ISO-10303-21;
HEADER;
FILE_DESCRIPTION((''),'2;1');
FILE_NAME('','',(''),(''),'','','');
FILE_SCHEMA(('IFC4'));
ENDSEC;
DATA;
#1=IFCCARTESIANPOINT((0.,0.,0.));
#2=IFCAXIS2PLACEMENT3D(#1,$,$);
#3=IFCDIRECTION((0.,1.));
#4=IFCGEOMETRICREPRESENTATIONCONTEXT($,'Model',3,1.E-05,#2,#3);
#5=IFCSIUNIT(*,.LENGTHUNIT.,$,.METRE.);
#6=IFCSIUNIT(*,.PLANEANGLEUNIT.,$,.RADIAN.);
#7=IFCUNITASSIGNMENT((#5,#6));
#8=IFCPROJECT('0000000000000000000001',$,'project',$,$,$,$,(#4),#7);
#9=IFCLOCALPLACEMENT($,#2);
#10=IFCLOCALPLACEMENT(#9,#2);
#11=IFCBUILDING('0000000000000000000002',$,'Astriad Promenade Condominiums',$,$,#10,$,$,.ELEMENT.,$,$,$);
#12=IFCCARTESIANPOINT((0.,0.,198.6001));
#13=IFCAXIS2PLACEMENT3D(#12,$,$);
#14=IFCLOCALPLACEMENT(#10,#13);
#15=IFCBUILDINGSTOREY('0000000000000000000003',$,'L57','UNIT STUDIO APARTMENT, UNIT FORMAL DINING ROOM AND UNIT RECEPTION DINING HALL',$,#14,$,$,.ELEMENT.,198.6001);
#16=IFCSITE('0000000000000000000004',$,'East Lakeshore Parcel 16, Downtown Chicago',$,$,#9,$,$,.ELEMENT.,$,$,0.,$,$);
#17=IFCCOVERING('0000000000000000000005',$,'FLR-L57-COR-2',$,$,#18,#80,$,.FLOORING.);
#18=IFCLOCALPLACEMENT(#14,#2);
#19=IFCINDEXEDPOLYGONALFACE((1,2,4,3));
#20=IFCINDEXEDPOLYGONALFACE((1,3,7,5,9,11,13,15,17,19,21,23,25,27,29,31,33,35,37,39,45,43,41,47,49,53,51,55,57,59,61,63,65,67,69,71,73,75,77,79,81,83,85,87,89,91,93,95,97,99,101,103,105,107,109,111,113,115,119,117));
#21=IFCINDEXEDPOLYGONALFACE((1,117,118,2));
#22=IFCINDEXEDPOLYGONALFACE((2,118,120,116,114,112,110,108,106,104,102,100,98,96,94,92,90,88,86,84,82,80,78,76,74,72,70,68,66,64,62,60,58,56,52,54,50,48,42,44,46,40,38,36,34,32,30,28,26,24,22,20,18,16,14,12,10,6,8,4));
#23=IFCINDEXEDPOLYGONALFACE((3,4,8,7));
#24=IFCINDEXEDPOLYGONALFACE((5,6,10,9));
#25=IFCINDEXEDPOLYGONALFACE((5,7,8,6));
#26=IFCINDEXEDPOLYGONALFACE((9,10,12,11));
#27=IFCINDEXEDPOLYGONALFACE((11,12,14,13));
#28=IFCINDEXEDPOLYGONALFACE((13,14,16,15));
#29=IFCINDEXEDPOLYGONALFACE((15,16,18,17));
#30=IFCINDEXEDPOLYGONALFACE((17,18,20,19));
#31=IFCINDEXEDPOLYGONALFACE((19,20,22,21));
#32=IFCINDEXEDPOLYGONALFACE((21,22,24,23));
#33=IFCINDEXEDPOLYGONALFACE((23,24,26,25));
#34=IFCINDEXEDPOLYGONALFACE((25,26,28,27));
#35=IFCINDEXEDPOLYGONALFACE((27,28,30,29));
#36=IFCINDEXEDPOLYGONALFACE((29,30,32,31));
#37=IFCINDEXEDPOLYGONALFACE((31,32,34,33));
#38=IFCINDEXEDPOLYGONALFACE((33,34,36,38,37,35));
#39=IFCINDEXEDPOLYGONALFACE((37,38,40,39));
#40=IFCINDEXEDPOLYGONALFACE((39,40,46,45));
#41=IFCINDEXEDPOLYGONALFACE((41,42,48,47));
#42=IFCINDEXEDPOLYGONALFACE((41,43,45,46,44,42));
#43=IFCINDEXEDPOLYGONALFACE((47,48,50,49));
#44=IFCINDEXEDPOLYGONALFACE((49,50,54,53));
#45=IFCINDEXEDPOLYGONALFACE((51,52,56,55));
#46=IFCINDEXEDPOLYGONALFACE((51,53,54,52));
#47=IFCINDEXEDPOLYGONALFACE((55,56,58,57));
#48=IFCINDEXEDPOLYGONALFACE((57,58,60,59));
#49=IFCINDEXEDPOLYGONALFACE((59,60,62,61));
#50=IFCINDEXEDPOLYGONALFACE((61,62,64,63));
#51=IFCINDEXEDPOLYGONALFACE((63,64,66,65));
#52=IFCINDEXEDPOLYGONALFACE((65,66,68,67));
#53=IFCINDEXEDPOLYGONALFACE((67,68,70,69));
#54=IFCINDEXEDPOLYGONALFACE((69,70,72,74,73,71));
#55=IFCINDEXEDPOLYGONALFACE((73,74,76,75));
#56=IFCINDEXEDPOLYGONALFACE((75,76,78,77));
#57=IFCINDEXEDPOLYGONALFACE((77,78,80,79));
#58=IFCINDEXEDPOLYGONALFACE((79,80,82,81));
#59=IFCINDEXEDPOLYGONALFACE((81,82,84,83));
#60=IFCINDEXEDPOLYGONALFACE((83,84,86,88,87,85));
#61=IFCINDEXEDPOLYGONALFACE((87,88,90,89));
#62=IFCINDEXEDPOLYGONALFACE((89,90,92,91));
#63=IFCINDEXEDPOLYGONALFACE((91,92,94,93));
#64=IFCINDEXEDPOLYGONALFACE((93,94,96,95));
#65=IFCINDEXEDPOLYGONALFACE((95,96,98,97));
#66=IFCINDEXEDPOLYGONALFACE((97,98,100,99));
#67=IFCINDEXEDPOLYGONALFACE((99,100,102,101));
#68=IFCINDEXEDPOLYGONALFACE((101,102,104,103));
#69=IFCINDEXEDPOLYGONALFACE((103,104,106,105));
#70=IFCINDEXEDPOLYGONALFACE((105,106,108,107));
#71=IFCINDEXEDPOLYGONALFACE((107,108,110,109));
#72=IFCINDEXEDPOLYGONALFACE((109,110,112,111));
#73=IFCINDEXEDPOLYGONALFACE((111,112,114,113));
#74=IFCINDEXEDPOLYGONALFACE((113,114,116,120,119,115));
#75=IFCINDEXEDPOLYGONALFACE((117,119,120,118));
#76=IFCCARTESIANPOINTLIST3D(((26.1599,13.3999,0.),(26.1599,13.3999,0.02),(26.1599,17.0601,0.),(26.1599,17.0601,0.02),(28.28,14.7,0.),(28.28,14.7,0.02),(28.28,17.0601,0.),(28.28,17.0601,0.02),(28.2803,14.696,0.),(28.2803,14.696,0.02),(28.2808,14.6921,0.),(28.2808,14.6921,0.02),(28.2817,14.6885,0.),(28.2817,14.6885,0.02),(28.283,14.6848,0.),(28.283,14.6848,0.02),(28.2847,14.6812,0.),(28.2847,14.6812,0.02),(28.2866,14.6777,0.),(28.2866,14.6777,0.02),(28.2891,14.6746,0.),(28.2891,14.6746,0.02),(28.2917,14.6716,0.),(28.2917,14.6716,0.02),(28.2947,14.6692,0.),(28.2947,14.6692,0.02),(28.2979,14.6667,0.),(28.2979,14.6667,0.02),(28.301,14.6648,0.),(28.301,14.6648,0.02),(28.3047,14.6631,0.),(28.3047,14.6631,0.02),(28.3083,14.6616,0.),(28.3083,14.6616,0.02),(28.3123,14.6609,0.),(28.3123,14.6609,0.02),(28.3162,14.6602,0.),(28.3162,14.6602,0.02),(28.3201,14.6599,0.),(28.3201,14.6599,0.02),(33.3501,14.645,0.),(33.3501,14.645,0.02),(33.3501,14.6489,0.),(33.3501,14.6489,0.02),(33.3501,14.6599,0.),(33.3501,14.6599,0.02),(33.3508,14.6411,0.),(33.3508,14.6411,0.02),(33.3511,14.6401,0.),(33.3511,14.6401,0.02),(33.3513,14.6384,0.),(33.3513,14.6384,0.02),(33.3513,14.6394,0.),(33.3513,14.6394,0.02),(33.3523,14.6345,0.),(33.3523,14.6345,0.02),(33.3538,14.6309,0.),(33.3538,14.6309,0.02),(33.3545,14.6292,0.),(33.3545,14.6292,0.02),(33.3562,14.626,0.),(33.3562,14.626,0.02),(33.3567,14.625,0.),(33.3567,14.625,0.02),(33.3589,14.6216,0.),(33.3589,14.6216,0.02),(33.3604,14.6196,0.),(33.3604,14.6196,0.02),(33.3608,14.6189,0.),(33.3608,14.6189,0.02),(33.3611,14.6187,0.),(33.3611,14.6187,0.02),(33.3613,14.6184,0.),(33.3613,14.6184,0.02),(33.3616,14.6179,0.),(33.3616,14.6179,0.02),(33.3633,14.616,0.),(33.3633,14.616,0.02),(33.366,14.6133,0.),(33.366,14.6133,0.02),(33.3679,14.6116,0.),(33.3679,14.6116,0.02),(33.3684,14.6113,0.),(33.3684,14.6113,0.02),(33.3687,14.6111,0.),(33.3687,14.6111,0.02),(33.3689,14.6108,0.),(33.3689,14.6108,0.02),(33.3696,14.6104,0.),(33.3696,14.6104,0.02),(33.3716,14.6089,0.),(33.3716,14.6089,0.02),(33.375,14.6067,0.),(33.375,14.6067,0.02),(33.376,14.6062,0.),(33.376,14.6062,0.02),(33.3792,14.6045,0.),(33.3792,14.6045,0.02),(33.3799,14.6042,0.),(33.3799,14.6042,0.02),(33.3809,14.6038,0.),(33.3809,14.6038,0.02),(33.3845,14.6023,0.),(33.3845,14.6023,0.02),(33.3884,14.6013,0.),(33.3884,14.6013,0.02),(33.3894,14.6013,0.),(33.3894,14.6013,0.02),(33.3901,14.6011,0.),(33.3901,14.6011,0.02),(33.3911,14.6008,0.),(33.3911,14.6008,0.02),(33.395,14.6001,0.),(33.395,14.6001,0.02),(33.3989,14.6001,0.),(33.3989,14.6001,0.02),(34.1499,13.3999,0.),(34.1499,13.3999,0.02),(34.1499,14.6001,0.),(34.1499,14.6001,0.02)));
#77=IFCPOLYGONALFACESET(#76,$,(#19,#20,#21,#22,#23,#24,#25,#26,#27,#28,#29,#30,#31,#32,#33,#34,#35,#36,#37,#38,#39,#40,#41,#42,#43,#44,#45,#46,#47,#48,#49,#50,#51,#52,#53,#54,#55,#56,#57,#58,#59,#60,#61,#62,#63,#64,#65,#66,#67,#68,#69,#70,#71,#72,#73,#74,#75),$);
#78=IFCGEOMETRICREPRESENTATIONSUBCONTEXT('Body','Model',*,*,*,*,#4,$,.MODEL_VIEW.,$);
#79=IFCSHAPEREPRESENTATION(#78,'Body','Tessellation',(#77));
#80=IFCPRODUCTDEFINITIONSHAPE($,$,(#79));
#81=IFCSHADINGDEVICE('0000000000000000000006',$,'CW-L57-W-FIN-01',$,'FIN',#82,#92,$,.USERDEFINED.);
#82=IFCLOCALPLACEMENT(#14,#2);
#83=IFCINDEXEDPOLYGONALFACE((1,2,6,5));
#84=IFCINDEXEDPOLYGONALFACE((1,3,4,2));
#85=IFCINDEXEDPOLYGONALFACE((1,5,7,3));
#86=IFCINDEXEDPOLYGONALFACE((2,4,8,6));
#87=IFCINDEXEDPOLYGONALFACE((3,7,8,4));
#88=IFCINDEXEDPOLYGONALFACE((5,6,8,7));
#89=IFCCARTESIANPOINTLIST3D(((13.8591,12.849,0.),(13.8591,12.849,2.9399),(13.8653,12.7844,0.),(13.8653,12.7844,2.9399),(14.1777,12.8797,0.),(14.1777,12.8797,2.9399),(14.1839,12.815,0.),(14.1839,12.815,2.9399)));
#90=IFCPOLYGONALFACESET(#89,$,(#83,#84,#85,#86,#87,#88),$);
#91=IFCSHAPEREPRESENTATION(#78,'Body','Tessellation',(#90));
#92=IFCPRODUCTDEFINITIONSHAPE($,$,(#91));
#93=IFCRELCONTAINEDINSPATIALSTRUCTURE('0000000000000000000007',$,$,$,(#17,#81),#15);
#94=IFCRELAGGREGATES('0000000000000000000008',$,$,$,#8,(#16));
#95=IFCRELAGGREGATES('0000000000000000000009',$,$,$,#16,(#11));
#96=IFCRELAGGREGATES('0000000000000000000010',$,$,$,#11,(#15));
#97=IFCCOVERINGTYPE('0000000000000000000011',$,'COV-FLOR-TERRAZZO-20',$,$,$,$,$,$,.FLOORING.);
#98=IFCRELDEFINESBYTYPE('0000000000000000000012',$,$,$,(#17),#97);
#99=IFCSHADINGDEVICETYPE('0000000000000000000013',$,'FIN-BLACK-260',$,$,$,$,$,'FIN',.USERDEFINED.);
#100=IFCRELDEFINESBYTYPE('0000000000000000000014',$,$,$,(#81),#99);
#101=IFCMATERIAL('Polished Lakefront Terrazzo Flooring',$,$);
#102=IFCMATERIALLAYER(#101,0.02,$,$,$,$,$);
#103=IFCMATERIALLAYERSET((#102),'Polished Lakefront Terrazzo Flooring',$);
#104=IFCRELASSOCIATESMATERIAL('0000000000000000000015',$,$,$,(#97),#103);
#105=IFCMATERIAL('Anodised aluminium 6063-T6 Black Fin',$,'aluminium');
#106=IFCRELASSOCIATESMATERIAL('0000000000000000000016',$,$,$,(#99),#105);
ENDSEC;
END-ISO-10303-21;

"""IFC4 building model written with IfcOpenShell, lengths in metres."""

from ifc_helpers import new_model, si_unit, direction, frame, origin, origin_2d, place, context, subcontext, project, spatial, polyline, rectangle, outline, extrude, source, transform, mapped, material, layer, layer_set, type_object, type_shapes, element, save


model = new_model("IFC4")

# Units and contexts
model_context = context("Model", 3, precision=1e-05, world=origin(), true_north=direction((0.0, 1.0)))
body_context = subcontext(model_context, "Body", "Model", "MODEL_VIEW")
ifc_project = project(units=[si_unit("LENGTHUNIT", "METRE"), si_unit("PLANEANGLEUNIT", "RADIAN")], contexts=[model_context])

# Site, building, storey
site_placement = place(None, origin())
site = spatial("IfcSite", under=ifc_project, at=site_placement, Name="East Lakeshore Parcel 16, Downtown Chicago", CompositionType="ELEMENT", RefElevation=0.0)
building_placement = place(site_placement, origin())
building = spatial("IfcBuilding", under=site, at=building_placement, Name="Astriad Promenade Condominiums", CompositionType="ELEMENT")
storey_placement = place(building_placement, frame((0.0, 0.0, 198.6001)))
storey = spatial("IfcBuildingStorey", under=building, at=storey_placement, Name="L57", Description="UNIT STUDIO APARTMENT, UNIT FORMAL DINING ROOM AND UNIT RECEPTION DINING HALL", CompositionType="ELEMENT", Elevation=198.6001)

# Covering
ifc_material_1 = material(Name="Polished Lakefront Terrazzo Flooring")
ifc_layer_1 = layer(ifc_material_1, 0.02)
ifc_layer_set_1 = layer_set([ifc_layer_1], Name="Polished Lakefront Terrazzo Flooring")
covering_type = type_object("IfcCoveringType", Name="COV-FLOR-TERRAZZO-20", PredefinedType="FLOORING", material=ifc_layer_set_1)
covering_1_placement = place(storey_placement, origin())
element("IfcCovering", 1, at=covering_1_placement, inside=storey, type_object=covering_type, Name="FLR-L57-COR-2", PredefinedType="FLOORING", context=body_context, shape_type="SweptSolid", body=[
    extrude(outline(polyline([(26.1599, 13.3999), (26.1599, 17.0601), (28.28, 17.0601), (28.28, 14.7), (28.2803, 14.696), (28.2808, 14.6921), (28.2817, 14.6885), (28.283, 14.6848), (28.2847, 14.6812), (28.2866, 14.6777), (28.2891, 14.6746), (28.2917, 14.6716), (28.2947, 14.6692), (28.2979, 14.6667), (28.301, 14.6648), (28.3047, 14.6631), (28.3083, 14.6616), (28.3123, 14.6609), (28.3162, 14.6602), (28.3201, 14.6599), (33.3501, 14.6599), (33.3501, 14.6489), (33.3501, 14.645), (33.3508, 14.6411), (33.3511, 14.6401), (33.3513, 14.6394), (33.3513, 14.6384), (33.3523, 14.6345), (33.3538, 14.6309), (33.3545, 14.6292), (33.3562, 14.626), (33.3567, 14.625), (33.3589, 14.6216), (33.3604, 14.6196), (33.3608, 14.6189), (33.3611, 14.6187), (33.3613, 14.6184), (33.3616, 14.6179), (33.3633, 14.616), (33.366, 14.6133), (33.3679, 14.6116), (33.3684, 14.6113), (33.3687, 14.6111), (33.3689, 14.6108), (33.3696, 14.6104), (33.3716, 14.6089), (33.375, 14.6067), (33.376, 14.6062), (33.3792, 14.6045), (33.3799, 14.6042), (33.3809, 14.6038), (33.3845, 14.6023), (33.3884, 14.6013), (33.3894, 14.6013), (33.3901, 14.6011), (33.3911, 14.6008), (33.395, 14.6001), (33.3989, 14.6001), (34.1499, 14.6001), (34.1499, 13.3999), (26.1599, 13.3999)])), origin(), (0.0, 0.0, 1.0), 0.02),
])

# Shading device
ifc_material_2 = material(Name="Anodised aluminium 6063-T6 Black Fin", Category="aluminium")
shading_device_type = type_object("IfcShadingDeviceType", Name="FIN-BLACK-260", ElementType="FIN", PredefinedType="USERDEFINED", material=ifc_material_2)
shared_shape_1 = source(origin(), body_context, "Body", "SweptSolid", [
    extrude(rectangle(XDim=0.0649, YDim=0.3201, at=origin_2d()), origin(), (0.0, 0.0, 1.0), 2.9399),
])
type_shapes(shading_device_type, [shared_shape_1])
shading_device_placement = place(storey_placement, frame((14.0215, 12.832, 0.0), z_axis=(0.0, 0.0, 1.0), x_axis=(-0.095846, 0.995396, 0.0)))
element("IfcShadingDevice", 2, at=shading_device_placement, inside=storey, type_object=shading_device_type, Name="CW-L57-W-FIN-01", ObjectType="FIN", PredefinedType="USERDEFINED", context=body_context, shape_type="MappedRepresentation", body=[
    mapped(shared_shape_1, transform((0.0, 0.0, 0.0), scale=1.0)),
])

save(model, "model.ifc")
